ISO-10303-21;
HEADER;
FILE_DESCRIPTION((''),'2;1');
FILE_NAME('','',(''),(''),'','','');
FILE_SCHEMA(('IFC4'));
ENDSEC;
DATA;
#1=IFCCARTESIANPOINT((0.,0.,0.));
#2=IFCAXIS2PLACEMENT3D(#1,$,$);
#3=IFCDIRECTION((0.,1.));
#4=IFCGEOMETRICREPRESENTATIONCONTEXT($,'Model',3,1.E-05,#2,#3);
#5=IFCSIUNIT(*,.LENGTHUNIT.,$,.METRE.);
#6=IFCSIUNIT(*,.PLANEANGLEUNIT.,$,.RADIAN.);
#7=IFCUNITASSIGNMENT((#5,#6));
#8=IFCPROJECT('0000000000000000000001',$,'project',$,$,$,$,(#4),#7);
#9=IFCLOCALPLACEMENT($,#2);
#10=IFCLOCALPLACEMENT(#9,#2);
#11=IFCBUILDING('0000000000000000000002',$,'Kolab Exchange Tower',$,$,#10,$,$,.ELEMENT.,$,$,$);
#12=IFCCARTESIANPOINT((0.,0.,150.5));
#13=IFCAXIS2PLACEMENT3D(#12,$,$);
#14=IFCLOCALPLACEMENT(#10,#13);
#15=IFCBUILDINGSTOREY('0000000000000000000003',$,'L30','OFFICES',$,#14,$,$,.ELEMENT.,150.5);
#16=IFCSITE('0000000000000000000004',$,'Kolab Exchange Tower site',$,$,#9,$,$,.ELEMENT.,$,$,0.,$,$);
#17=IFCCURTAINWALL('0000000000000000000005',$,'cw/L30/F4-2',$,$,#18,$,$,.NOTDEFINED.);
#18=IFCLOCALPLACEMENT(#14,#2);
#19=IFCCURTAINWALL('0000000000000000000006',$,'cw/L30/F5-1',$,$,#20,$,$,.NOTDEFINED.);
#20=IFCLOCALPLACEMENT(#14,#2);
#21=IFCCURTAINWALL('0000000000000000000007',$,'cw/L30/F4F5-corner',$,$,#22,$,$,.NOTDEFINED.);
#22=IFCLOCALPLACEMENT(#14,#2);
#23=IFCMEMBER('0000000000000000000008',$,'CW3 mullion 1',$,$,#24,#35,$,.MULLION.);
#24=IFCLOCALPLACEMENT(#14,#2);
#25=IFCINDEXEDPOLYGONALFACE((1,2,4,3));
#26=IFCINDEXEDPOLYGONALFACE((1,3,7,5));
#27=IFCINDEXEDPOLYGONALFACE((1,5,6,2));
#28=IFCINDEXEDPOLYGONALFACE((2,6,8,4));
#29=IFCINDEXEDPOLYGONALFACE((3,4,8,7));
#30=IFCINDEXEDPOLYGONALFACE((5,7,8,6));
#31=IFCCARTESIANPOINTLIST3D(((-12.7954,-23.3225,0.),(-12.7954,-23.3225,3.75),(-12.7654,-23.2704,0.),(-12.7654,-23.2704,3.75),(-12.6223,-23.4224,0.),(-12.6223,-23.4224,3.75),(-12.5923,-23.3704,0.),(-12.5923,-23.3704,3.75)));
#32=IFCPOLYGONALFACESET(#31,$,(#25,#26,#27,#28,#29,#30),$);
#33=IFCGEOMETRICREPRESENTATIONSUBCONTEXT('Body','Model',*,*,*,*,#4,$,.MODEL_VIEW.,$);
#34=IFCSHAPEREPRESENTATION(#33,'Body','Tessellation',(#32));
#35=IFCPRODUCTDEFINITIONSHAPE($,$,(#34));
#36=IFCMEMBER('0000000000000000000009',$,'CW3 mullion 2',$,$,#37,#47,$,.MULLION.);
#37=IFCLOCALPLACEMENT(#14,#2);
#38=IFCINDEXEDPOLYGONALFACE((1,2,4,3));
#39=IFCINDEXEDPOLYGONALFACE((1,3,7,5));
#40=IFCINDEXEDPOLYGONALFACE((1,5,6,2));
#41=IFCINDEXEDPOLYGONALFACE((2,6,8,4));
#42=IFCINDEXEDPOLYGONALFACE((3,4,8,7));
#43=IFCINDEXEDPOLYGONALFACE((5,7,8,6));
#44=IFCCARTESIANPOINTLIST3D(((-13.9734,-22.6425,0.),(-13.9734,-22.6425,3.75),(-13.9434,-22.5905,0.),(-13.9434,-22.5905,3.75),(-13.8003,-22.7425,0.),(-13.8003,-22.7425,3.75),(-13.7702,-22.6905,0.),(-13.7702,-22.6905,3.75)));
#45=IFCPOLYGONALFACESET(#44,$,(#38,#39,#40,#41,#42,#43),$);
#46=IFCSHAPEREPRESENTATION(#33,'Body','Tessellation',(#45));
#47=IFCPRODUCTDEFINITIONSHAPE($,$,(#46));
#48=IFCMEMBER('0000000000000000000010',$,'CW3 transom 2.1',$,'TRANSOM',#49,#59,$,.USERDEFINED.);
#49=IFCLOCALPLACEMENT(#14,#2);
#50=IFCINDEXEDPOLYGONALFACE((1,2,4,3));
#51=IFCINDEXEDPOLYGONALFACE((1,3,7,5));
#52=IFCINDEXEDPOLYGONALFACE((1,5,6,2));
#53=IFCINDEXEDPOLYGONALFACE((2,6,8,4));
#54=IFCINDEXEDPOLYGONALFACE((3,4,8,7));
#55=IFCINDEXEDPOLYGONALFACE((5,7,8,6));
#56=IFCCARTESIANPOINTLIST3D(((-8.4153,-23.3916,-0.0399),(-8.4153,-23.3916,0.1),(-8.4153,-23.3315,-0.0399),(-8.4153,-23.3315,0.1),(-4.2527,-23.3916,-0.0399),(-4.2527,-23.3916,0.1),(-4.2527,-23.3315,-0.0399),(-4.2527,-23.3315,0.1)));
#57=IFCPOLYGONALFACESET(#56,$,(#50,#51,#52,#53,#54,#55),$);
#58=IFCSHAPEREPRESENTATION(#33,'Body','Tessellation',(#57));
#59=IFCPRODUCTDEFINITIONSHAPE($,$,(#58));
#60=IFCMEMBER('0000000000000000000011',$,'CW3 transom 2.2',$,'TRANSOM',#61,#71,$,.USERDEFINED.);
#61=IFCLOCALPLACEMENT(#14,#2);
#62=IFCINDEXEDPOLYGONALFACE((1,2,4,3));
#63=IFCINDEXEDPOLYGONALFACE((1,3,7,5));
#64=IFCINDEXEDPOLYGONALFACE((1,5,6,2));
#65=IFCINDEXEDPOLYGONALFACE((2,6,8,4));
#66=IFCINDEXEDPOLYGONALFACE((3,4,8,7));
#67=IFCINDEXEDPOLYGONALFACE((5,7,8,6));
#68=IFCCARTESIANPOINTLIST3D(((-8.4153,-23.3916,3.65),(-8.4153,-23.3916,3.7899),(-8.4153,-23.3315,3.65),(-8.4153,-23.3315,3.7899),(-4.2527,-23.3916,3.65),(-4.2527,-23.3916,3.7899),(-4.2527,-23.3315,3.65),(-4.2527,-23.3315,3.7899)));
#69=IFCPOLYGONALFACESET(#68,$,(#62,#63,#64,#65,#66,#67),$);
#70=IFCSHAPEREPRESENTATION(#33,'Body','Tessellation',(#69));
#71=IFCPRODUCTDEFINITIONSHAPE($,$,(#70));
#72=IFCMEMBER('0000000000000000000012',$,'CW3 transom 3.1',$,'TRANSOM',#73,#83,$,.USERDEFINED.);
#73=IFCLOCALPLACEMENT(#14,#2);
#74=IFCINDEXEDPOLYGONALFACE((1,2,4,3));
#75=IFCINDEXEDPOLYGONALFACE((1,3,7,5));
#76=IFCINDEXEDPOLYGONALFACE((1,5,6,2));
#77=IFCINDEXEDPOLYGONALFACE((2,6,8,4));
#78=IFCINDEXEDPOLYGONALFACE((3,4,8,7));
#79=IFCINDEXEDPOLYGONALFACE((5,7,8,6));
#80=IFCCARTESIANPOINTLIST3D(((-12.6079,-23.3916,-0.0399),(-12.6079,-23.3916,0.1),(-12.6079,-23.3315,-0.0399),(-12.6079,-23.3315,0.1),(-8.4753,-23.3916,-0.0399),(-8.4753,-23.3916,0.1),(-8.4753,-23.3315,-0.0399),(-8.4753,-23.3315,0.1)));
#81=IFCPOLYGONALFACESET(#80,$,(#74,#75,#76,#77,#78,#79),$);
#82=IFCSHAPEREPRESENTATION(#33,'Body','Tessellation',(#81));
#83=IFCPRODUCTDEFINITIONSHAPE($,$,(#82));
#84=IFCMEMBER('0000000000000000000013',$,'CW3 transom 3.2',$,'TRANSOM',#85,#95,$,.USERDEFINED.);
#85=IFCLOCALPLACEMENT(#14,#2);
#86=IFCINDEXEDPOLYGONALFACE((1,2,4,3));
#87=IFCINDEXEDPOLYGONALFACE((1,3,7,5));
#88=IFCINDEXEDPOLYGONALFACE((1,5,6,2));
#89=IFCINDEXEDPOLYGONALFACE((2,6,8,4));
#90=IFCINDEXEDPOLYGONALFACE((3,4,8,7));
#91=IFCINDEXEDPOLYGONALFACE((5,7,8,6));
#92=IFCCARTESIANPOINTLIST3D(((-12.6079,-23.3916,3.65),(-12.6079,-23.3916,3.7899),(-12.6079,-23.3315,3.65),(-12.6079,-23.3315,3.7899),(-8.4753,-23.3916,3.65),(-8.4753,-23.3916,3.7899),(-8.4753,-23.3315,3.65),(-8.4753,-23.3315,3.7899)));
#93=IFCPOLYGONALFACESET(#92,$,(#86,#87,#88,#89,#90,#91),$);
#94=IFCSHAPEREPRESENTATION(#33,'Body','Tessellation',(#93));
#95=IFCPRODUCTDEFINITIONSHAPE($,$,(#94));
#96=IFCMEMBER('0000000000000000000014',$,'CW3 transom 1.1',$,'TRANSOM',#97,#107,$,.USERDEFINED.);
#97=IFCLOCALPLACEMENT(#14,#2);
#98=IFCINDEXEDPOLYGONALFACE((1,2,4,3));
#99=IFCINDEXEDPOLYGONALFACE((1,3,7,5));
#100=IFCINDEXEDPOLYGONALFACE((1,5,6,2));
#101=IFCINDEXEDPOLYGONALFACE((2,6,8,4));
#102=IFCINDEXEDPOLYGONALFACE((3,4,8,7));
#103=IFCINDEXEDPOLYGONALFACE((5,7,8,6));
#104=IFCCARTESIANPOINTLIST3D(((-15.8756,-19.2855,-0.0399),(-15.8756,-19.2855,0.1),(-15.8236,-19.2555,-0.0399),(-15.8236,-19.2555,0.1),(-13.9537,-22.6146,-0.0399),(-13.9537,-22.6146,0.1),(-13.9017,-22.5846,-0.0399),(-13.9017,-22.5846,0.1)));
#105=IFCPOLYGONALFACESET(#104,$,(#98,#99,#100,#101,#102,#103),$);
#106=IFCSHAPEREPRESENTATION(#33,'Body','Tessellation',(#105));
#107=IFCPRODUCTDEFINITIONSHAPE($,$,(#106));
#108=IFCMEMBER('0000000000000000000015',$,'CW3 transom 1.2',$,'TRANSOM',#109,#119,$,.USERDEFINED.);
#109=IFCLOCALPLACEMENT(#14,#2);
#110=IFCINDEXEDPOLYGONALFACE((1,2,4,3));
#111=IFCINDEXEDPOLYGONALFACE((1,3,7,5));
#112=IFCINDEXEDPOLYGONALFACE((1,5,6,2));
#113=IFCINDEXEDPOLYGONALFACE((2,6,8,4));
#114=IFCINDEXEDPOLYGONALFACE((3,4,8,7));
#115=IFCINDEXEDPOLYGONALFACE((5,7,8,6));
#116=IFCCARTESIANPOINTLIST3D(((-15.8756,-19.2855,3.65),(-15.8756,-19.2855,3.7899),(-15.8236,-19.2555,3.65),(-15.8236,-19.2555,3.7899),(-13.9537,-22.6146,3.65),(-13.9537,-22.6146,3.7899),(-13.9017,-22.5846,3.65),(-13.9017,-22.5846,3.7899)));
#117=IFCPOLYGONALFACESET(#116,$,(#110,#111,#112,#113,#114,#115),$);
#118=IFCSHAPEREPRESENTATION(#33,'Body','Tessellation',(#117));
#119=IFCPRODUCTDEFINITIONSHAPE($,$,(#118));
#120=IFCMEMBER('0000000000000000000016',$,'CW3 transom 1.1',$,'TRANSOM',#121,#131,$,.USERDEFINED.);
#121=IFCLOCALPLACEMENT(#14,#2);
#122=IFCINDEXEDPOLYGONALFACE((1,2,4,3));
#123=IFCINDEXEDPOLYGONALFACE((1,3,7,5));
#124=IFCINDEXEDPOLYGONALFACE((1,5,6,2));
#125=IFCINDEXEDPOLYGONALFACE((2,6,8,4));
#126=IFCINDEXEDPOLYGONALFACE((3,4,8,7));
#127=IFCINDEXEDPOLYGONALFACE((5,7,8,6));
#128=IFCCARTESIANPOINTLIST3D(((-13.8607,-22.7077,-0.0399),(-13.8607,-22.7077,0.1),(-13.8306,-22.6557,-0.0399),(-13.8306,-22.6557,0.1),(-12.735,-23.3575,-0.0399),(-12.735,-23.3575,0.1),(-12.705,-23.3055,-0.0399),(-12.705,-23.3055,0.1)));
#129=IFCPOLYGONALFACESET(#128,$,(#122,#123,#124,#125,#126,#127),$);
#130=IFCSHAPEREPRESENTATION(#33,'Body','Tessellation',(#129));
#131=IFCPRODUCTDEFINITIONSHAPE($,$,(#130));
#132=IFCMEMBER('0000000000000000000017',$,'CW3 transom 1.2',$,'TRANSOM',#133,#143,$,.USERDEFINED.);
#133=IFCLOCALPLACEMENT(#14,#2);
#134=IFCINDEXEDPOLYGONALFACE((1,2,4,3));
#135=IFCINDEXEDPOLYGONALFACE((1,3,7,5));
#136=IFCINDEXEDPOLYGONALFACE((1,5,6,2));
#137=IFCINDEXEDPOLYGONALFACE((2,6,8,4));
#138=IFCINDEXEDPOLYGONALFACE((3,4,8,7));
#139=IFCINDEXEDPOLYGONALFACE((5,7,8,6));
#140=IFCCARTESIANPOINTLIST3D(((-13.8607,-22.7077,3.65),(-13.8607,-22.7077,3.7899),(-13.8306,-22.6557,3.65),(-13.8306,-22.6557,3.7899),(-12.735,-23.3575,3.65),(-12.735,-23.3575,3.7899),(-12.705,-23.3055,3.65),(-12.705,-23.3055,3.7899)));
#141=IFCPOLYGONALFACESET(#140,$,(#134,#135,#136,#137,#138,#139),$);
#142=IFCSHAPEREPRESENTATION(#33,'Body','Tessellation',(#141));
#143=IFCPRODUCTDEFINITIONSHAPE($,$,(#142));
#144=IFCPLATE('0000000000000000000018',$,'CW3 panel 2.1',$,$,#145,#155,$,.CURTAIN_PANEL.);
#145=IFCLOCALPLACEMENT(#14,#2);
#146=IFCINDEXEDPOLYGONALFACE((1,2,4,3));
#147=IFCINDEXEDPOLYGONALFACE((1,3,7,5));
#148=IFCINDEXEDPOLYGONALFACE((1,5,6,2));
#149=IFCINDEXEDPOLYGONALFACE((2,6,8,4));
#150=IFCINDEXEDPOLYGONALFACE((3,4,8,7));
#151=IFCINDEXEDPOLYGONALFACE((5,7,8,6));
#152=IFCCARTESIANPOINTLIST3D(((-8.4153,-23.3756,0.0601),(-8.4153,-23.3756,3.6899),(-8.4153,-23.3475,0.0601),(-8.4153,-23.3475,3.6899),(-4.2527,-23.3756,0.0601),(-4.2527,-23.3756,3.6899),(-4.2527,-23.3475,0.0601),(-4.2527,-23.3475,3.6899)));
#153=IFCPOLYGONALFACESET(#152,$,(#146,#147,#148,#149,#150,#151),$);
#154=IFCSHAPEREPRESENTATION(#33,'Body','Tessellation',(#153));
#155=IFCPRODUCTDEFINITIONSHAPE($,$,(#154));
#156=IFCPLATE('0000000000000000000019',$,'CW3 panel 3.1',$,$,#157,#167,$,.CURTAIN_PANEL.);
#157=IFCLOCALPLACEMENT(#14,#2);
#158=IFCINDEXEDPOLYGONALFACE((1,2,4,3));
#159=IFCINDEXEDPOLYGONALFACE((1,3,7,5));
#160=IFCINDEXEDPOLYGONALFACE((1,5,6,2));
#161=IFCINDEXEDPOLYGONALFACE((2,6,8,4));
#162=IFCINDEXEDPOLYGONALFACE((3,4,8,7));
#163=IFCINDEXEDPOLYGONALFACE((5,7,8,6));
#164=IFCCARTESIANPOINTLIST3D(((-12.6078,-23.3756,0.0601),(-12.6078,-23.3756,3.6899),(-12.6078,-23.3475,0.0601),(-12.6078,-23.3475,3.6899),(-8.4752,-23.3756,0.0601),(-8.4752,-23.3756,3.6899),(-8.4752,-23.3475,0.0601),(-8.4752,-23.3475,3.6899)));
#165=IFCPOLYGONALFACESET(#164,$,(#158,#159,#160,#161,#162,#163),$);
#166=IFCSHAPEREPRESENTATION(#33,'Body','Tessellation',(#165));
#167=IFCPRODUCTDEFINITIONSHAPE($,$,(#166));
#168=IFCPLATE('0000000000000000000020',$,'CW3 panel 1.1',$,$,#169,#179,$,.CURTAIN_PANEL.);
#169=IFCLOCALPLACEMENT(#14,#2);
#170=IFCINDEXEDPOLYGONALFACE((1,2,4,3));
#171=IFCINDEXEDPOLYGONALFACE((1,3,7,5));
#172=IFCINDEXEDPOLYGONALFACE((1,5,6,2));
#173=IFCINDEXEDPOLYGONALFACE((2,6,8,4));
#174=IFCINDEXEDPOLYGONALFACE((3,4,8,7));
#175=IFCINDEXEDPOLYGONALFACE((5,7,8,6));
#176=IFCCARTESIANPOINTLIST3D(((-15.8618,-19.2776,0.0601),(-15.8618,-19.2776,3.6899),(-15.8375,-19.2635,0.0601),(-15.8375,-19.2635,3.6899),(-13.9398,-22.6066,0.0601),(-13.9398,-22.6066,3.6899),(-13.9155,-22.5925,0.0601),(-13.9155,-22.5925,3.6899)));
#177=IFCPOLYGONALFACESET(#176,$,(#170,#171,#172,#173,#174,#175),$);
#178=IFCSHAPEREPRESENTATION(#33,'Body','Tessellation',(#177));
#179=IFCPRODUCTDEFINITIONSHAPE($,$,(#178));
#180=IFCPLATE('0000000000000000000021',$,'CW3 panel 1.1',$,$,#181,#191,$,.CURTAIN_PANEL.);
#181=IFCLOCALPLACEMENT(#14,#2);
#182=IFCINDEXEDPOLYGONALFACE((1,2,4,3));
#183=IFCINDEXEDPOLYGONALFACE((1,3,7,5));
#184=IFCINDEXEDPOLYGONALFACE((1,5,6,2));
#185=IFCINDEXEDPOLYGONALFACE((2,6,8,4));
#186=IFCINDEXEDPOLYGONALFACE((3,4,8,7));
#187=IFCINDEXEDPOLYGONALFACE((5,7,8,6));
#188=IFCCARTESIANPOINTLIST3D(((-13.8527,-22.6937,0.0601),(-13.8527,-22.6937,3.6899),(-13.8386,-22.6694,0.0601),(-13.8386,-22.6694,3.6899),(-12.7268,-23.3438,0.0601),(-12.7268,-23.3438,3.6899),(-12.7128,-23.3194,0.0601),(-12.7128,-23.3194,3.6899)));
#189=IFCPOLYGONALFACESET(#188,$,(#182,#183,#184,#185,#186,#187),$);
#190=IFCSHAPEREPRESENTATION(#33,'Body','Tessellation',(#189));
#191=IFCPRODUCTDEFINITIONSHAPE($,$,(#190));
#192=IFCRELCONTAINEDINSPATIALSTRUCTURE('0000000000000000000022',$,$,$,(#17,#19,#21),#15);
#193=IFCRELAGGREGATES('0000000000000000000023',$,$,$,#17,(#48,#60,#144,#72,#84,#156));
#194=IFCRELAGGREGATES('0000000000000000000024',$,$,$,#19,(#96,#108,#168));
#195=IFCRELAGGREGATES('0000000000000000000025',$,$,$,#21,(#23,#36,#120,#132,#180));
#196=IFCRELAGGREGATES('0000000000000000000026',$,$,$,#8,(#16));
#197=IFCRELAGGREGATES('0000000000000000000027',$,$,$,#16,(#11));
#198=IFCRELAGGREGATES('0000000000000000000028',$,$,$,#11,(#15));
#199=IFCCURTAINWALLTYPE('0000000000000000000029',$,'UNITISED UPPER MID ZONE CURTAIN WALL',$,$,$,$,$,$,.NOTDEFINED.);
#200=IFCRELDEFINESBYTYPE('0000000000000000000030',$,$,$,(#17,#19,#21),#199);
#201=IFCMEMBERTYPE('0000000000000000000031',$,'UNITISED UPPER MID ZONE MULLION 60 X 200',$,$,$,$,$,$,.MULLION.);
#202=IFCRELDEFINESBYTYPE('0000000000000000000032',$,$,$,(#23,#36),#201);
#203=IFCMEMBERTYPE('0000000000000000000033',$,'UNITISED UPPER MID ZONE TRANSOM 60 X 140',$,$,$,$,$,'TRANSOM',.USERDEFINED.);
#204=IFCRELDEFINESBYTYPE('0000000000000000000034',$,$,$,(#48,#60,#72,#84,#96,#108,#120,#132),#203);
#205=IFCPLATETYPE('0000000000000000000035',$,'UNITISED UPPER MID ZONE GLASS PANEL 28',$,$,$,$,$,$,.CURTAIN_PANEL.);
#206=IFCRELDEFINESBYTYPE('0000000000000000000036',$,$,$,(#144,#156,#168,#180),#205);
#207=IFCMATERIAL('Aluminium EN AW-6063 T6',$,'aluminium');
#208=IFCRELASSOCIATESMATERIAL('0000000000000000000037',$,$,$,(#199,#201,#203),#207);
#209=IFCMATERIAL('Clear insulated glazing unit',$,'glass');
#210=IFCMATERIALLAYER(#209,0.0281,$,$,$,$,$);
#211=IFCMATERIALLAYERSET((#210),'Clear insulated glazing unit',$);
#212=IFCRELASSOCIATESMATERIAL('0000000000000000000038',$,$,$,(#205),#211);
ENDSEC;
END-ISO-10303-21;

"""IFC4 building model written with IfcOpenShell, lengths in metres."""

from ifc_helpers import new_model, si_unit, direction, frame, origin, origin_2d, place, context, subcontext, project, spatial, rectangle, extrude, material, layer, layer_set, material_profile, profile_set, type_object, element, aggregate, save


model = new_model("IFC4")

# Units and contexts
model_context = context("Model", 3, precision=1e-05, world=origin(), true_north=direction((0.0, 1.0)))
body_context = subcontext(model_context, "Body", "Model", "MODEL_VIEW")
ifc_project = project(units=[si_unit("LENGTHUNIT", "METRE"), si_unit("PLANEANGLEUNIT", "RADIAN")], contexts=[model_context])

# Site, building, storey
site_placement = place(None, origin())
site = spatial("IfcSite", under=ifc_project, at=site_placement, Name="Kolab Exchange Tower site", CompositionType="ELEMENT", RefElevation=0.0)
building_placement = place(site_placement, origin())
building = spatial("IfcBuilding", under=site, at=building_placement, Name="Kolab Exchange Tower", CompositionType="ELEMENT")
storey_placement = place(building_placement, frame((0.0, 0.0, 150.5)))
storey = spatial("IfcBuildingStorey", under=building, at=storey_placement, Name="L30", Description="OFFICES", CompositionType="ELEMENT", Elevation=150.5)

# Curtain wall
ifc_material_1 = material(Name="Aluminium EN AW-6063 T6", Category="aluminium")
curtain_wall_type = type_object("IfcCurtainWallType", Name="UNITISED UPPER MID ZONE CURTAIN WALL", PredefinedType="NOTDEFINED", material=ifc_material_1)
curtain_wall_1_placement = place(storey_placement, origin())
curtain_wall_1 = element("IfcCurtainWall", 1, at=curtain_wall_1_placement, inside=storey, type_object=curtain_wall_type, Name="cw/L30/F4-2", PredefinedType="NOTDEFINED")
ifc_material_profile_1 = material_profile(ifc_material_1, rectangle(XDim=0.0601, YDim=0.2, at=origin_2d()), Name="RECT 60X200")
ifc_profile_set_1 = profile_set([ifc_material_profile_1], Name="Aluminium EN AW-6063 T6")
member_type_1 = type_object("IfcMemberType", Name="UNITISED UPPER MID ZONE MULLION 60 X 200", PredefinedType="MULLION", material=ifc_profile_set_1)

# Curtain wall
curtain_wall_2_placement = place(storey_placement, origin())
curtain_wall_2 = element("IfcCurtainWall", 2, at=curtain_wall_2_placement, inside=storey, type_object=curtain_wall_type, Name="cw/L30/F5-1", PredefinedType="NOTDEFINED")

# Curtain wall, members
curtain_wall_3_placement = place(storey_placement, origin())
curtain_wall_3 = element("IfcCurtainWall", 3, at=curtain_wall_3_placement, inside=storey, type_object=curtain_wall_type, Name="cw/L30/F4F5-corner", PredefinedType="NOTDEFINED")
member_1_placement = place(storey_placement, frame((-12.6938, -23.3464, 0.0), z_axis=(0.0, 0.0, 1.0), x_axis=(-0.5, -0.866025, 0.0)))
member_1 = element("IfcMember", 4, at=member_1_placement, type_object=member_type_1, Name="CW3 mullion 1", PredefinedType="MULLION", context=body_context, shape_type="SweptSolid", body=[
    extrude(rectangle(XDim=0.0601, YDim=0.2, at=origin_2d()), origin(), (0.0, 0.0, 1.0), 3.75),
])
member_2_placement = place(storey_placement, frame((-13.8718, -22.6665, 0.0), z_axis=(0.0, 0.0, 1.0), x_axis=(-0.5, -0.866025, 0.0)))
member_2 = element("IfcMember", 5, at=member_2_placement, type_object=member_type_1, Name="CW3 mullion 2", PredefinedType="MULLION", context=body_context, shape_type="SweptSolid", body=[
    extrude(rectangle(XDim=0.0601, YDim=0.2, at=origin_2d()), origin(), (0.0, 0.0, 1.0), 3.75),
])

# Members
ifc_material_profile_2 = material_profile(ifc_material_1, rectangle(XDim=0.0601, YDim=0.1399, at=origin_2d()), Name="RECT 60X140")
ifc_profile_set_2 = profile_set([ifc_material_profile_2], Name="Aluminium EN AW-6063 T6")
member_type_2 = type_object("IfcMemberType", Name="UNITISED UPPER MID ZONE TRANSOM 60 X 140", ElementType="TRANSOM", PredefinedType="USERDEFINED", material=ifc_profile_set_2)
member_3_placement = place(storey_placement, frame((-4.2527, -23.3616, 0.03), z_axis=(-1.0, 0.0, 0.0), x_axis=(0.0, -1.0, 0.0)))
member_3 = element("IfcMember", 6, at=member_3_placement, type_object=member_type_2, Name="CW3 transom 2.1", ObjectType="TRANSOM", PredefinedType="USERDEFINED", context=body_context, shape_type="SweptSolid", body=[
    extrude(rectangle(XDim=0.0601, YDim=0.1399, at=origin_2d()), origin(), (0.0, 0.0, 1.0), 4.1626),
])
member_4_placement = place(storey_placement, frame((-4.2527, -23.3616, 3.72), z_axis=(-1.0, 0.0, 0.0), x_axis=(0.0, -1.0, 0.0)))
member_4 = element("IfcMember", 7, at=member_4_placement, type_object=member_type_2, Name="CW3 transom 2.2", ObjectType="TRANSOM", PredefinedType="USERDEFINED", context=body_context, shape_type="SweptSolid", body=[
    extrude(rectangle(XDim=0.0601, YDim=0.1399, at=origin_2d()), origin(), (0.0, 0.0, 1.0), 4.1626),
])
member_5_placement = place(storey_placement, frame((-8.4753, -23.3616, 0.03), z_axis=(-1.0, 0.0, 0.0), x_axis=(0.0, -1.0, 0.0)))
member_5 = element("IfcMember", 8, at=member_5_placement, type_object=member_type_2, Name="CW3 transom 3.1", ObjectType="TRANSOM", PredefinedType="USERDEFINED", context=body_context, shape_type="SweptSolid", body=[
    extrude(rectangle(XDim=0.0601, YDim=0.1399, at=origin_2d()), origin(), (0.0, 0.0, 1.0), 4.1326),
])
member_6_placement = place(storey_placement, frame((-8.4753, -23.3616, 3.72), z_axis=(-1.0, 0.0, 0.0), x_axis=(0.0, -1.0, 0.0)))
member_6 = element("IfcMember", 9, at=member_6_placement, type_object=member_type_2, Name="CW3 transom 3.2", ObjectType="TRANSOM", PredefinedType="USERDEFINED", context=body_context, shape_type="SweptSolid", body=[
    extrude(rectangle(XDim=0.0601, YDim=0.1399, at=origin_2d()), origin(), (0.0, 0.0, 1.0), 4.1326),
])
member_7_placement = place(storey_placement, frame((-13.9277, -22.5996, 0.03), z_axis=(-0.499964, 0.866046, 0.0), x_axis=(-0.866046, -0.499964, 0.0)))
member_7 = element("IfcMember", 10, at=member_7_placement, type_object=member_type_2, Name="CW3 transom 1.1", ObjectType="TRANSOM", PredefinedType="USERDEFINED", context=body_context, shape_type="SweptSolid", body=[
    extrude(rectangle(XDim=0.0601, YDim=0.1399, at=origin_2d()), origin(), (0.0, 0.0, 1.0), 3.844),
])
member_8_placement = place(storey_placement, frame((-13.9277, -22.5996, 3.72), z_axis=(-0.499964, 0.866046, 0.0), x_axis=(-0.866046, -0.499964, 0.0)))
member_8 = element("IfcMember", 11, at=member_8_placement, type_object=member_type_2, Name="CW3 transom 1.2", ObjectType="TRANSOM", PredefinedType="USERDEFINED", context=body_context, shape_type="SweptSolid", body=[
    extrude(rectangle(XDim=0.0601, YDim=0.1399, at=origin_2d()), origin(), (0.0, 0.0, 1.0), 3.844),
])
member_9_placement = place(storey_placement, frame((-12.72, -23.3315, 0.03), z_axis=(-0.866039, 0.499977, 0.0), x_axis=(-0.499977, -0.866039, 0.0)))
member_9 = element("IfcMember", 12, at=member_9_placement, type_object=member_type_2, Name="CW3 transom 1.1", ObjectType="TRANSOM", PredefinedType="USERDEFINED", context=body_context, shape_type="SweptSolid", body=[
    extrude(rectangle(XDim=0.0601, YDim=0.1399, at=origin_2d()), origin(), (0.0, 0.0, 1.0), 1.2998),
])
member_10_placement = place(storey_placement, frame((-12.72, -23.3315, 3.72), z_axis=(-0.866039, 0.499977, 0.0), x_axis=(-0.499977, -0.866039, 0.0)))
member_10 = element("IfcMember", 13, at=member_10_placement, type_object=member_type_2, Name="CW3 transom 1.2", ObjectType="TRANSOM", PredefinedType="USERDEFINED", context=body_context, shape_type="SweptSolid", body=[
    extrude(rectangle(XDim=0.0601, YDim=0.1399, at=origin_2d()), origin(), (0.0, 0.0, 1.0), 1.2998),
])

# Plates
ifc_material_2 = material(Name="Clear insulated glazing unit", Category="glass")
ifc_layer_1 = layer(ifc_material_2, 0.0281)
ifc_layer_set_1 = layer_set([ifc_layer_1], Name="Clear insulated glazing unit")
plate_type = type_object("IfcPlateType", Name="UNITISED UPPER MID ZONE GLASS PANEL 28", PredefinedType="CURTAIN_PANEL", material=ifc_layer_set_1)
plate_1_placement = place(storey_placement, frame((-6.334, -23.3616, 0.0601), z_axis=(0.0, 0.0, 1.0), x_axis=(-1.0, 0.0, 0.0)))
plate_1 = element("IfcPlate", 14, at=plate_1_placement, type_object=plate_type, Name="CW3 panel 2.1", PredefinedType="CURTAIN_PANEL", context=body_context, shape_type="SweptSolid", body=[
    extrude(rectangle(XDim=4.1626, YDim=0.0281, at=origin_2d()), origin(), (0.0, 0.0, 1.0), 3.6299),
])
plate_2_placement = place(storey_placement, frame((-10.5415, -23.3616, 0.0601), z_axis=(0.0, 0.0, 1.0), x_axis=(-1.0, 0.0, 0.0)))
plate_2 = element("IfcPlate", 15, at=plate_2_placement, type_object=plate_type, Name="CW3 panel 3.1", PredefinedType="CURTAIN_PANEL", context=body_context, shape_type="SweptSolid", body=[
    extrude(rectangle(XDim=4.1326, YDim=0.0281, at=origin_2d()), origin(), (0.0, 0.0, 1.0), 3.6299),
])
aggregate(curtain_wall_1, [member_3, member_4, plate_1, member_5, member_6, plate_2])
plate_3_placement = place(storey_placement, frame((-14.8887, -20.9351, 0.0601), z_axis=(0.0, 0.0, 1.0), x_axis=(-0.5, 0.866025, 0.0)))
plate_3 = element("IfcPlate", 16, at=plate_3_placement, type_object=plate_type, Name="CW3 panel 1.1", PredefinedType="CURTAIN_PANEL", context=body_context, shape_type="SweptSolid", body=[
    extrude(rectangle(XDim=3.844, YDim=0.0281, at=origin_2d()), origin(), (0.0, 0.0, 1.0), 3.6299),
])
aggregate(curtain_wall_2, [member_7, member_8, plate_3])
plate_4_placement = place(storey_placement, frame((-13.2827, -23.0066, 0.0601), z_axis=(0.0, 0.0, 1.0), x_axis=(-0.866025, 0.5, 0.0)))
plate_4 = element("IfcPlate", 17, at=plate_4_placement, type_object=plate_type, Name="CW3 panel 1.1", PredefinedType="CURTAIN_PANEL", context=body_context, shape_type="SweptSolid", body=[
    extrude(rectangle(XDim=1.3, YDim=0.0281, at=origin_2d()), origin(), (0.0, 0.0, 1.0), 3.6299),
])
aggregate(curtain_wall_3, [member_1, member_2, member_9, member_10, plate_4])

save(model, "model.ifc")
